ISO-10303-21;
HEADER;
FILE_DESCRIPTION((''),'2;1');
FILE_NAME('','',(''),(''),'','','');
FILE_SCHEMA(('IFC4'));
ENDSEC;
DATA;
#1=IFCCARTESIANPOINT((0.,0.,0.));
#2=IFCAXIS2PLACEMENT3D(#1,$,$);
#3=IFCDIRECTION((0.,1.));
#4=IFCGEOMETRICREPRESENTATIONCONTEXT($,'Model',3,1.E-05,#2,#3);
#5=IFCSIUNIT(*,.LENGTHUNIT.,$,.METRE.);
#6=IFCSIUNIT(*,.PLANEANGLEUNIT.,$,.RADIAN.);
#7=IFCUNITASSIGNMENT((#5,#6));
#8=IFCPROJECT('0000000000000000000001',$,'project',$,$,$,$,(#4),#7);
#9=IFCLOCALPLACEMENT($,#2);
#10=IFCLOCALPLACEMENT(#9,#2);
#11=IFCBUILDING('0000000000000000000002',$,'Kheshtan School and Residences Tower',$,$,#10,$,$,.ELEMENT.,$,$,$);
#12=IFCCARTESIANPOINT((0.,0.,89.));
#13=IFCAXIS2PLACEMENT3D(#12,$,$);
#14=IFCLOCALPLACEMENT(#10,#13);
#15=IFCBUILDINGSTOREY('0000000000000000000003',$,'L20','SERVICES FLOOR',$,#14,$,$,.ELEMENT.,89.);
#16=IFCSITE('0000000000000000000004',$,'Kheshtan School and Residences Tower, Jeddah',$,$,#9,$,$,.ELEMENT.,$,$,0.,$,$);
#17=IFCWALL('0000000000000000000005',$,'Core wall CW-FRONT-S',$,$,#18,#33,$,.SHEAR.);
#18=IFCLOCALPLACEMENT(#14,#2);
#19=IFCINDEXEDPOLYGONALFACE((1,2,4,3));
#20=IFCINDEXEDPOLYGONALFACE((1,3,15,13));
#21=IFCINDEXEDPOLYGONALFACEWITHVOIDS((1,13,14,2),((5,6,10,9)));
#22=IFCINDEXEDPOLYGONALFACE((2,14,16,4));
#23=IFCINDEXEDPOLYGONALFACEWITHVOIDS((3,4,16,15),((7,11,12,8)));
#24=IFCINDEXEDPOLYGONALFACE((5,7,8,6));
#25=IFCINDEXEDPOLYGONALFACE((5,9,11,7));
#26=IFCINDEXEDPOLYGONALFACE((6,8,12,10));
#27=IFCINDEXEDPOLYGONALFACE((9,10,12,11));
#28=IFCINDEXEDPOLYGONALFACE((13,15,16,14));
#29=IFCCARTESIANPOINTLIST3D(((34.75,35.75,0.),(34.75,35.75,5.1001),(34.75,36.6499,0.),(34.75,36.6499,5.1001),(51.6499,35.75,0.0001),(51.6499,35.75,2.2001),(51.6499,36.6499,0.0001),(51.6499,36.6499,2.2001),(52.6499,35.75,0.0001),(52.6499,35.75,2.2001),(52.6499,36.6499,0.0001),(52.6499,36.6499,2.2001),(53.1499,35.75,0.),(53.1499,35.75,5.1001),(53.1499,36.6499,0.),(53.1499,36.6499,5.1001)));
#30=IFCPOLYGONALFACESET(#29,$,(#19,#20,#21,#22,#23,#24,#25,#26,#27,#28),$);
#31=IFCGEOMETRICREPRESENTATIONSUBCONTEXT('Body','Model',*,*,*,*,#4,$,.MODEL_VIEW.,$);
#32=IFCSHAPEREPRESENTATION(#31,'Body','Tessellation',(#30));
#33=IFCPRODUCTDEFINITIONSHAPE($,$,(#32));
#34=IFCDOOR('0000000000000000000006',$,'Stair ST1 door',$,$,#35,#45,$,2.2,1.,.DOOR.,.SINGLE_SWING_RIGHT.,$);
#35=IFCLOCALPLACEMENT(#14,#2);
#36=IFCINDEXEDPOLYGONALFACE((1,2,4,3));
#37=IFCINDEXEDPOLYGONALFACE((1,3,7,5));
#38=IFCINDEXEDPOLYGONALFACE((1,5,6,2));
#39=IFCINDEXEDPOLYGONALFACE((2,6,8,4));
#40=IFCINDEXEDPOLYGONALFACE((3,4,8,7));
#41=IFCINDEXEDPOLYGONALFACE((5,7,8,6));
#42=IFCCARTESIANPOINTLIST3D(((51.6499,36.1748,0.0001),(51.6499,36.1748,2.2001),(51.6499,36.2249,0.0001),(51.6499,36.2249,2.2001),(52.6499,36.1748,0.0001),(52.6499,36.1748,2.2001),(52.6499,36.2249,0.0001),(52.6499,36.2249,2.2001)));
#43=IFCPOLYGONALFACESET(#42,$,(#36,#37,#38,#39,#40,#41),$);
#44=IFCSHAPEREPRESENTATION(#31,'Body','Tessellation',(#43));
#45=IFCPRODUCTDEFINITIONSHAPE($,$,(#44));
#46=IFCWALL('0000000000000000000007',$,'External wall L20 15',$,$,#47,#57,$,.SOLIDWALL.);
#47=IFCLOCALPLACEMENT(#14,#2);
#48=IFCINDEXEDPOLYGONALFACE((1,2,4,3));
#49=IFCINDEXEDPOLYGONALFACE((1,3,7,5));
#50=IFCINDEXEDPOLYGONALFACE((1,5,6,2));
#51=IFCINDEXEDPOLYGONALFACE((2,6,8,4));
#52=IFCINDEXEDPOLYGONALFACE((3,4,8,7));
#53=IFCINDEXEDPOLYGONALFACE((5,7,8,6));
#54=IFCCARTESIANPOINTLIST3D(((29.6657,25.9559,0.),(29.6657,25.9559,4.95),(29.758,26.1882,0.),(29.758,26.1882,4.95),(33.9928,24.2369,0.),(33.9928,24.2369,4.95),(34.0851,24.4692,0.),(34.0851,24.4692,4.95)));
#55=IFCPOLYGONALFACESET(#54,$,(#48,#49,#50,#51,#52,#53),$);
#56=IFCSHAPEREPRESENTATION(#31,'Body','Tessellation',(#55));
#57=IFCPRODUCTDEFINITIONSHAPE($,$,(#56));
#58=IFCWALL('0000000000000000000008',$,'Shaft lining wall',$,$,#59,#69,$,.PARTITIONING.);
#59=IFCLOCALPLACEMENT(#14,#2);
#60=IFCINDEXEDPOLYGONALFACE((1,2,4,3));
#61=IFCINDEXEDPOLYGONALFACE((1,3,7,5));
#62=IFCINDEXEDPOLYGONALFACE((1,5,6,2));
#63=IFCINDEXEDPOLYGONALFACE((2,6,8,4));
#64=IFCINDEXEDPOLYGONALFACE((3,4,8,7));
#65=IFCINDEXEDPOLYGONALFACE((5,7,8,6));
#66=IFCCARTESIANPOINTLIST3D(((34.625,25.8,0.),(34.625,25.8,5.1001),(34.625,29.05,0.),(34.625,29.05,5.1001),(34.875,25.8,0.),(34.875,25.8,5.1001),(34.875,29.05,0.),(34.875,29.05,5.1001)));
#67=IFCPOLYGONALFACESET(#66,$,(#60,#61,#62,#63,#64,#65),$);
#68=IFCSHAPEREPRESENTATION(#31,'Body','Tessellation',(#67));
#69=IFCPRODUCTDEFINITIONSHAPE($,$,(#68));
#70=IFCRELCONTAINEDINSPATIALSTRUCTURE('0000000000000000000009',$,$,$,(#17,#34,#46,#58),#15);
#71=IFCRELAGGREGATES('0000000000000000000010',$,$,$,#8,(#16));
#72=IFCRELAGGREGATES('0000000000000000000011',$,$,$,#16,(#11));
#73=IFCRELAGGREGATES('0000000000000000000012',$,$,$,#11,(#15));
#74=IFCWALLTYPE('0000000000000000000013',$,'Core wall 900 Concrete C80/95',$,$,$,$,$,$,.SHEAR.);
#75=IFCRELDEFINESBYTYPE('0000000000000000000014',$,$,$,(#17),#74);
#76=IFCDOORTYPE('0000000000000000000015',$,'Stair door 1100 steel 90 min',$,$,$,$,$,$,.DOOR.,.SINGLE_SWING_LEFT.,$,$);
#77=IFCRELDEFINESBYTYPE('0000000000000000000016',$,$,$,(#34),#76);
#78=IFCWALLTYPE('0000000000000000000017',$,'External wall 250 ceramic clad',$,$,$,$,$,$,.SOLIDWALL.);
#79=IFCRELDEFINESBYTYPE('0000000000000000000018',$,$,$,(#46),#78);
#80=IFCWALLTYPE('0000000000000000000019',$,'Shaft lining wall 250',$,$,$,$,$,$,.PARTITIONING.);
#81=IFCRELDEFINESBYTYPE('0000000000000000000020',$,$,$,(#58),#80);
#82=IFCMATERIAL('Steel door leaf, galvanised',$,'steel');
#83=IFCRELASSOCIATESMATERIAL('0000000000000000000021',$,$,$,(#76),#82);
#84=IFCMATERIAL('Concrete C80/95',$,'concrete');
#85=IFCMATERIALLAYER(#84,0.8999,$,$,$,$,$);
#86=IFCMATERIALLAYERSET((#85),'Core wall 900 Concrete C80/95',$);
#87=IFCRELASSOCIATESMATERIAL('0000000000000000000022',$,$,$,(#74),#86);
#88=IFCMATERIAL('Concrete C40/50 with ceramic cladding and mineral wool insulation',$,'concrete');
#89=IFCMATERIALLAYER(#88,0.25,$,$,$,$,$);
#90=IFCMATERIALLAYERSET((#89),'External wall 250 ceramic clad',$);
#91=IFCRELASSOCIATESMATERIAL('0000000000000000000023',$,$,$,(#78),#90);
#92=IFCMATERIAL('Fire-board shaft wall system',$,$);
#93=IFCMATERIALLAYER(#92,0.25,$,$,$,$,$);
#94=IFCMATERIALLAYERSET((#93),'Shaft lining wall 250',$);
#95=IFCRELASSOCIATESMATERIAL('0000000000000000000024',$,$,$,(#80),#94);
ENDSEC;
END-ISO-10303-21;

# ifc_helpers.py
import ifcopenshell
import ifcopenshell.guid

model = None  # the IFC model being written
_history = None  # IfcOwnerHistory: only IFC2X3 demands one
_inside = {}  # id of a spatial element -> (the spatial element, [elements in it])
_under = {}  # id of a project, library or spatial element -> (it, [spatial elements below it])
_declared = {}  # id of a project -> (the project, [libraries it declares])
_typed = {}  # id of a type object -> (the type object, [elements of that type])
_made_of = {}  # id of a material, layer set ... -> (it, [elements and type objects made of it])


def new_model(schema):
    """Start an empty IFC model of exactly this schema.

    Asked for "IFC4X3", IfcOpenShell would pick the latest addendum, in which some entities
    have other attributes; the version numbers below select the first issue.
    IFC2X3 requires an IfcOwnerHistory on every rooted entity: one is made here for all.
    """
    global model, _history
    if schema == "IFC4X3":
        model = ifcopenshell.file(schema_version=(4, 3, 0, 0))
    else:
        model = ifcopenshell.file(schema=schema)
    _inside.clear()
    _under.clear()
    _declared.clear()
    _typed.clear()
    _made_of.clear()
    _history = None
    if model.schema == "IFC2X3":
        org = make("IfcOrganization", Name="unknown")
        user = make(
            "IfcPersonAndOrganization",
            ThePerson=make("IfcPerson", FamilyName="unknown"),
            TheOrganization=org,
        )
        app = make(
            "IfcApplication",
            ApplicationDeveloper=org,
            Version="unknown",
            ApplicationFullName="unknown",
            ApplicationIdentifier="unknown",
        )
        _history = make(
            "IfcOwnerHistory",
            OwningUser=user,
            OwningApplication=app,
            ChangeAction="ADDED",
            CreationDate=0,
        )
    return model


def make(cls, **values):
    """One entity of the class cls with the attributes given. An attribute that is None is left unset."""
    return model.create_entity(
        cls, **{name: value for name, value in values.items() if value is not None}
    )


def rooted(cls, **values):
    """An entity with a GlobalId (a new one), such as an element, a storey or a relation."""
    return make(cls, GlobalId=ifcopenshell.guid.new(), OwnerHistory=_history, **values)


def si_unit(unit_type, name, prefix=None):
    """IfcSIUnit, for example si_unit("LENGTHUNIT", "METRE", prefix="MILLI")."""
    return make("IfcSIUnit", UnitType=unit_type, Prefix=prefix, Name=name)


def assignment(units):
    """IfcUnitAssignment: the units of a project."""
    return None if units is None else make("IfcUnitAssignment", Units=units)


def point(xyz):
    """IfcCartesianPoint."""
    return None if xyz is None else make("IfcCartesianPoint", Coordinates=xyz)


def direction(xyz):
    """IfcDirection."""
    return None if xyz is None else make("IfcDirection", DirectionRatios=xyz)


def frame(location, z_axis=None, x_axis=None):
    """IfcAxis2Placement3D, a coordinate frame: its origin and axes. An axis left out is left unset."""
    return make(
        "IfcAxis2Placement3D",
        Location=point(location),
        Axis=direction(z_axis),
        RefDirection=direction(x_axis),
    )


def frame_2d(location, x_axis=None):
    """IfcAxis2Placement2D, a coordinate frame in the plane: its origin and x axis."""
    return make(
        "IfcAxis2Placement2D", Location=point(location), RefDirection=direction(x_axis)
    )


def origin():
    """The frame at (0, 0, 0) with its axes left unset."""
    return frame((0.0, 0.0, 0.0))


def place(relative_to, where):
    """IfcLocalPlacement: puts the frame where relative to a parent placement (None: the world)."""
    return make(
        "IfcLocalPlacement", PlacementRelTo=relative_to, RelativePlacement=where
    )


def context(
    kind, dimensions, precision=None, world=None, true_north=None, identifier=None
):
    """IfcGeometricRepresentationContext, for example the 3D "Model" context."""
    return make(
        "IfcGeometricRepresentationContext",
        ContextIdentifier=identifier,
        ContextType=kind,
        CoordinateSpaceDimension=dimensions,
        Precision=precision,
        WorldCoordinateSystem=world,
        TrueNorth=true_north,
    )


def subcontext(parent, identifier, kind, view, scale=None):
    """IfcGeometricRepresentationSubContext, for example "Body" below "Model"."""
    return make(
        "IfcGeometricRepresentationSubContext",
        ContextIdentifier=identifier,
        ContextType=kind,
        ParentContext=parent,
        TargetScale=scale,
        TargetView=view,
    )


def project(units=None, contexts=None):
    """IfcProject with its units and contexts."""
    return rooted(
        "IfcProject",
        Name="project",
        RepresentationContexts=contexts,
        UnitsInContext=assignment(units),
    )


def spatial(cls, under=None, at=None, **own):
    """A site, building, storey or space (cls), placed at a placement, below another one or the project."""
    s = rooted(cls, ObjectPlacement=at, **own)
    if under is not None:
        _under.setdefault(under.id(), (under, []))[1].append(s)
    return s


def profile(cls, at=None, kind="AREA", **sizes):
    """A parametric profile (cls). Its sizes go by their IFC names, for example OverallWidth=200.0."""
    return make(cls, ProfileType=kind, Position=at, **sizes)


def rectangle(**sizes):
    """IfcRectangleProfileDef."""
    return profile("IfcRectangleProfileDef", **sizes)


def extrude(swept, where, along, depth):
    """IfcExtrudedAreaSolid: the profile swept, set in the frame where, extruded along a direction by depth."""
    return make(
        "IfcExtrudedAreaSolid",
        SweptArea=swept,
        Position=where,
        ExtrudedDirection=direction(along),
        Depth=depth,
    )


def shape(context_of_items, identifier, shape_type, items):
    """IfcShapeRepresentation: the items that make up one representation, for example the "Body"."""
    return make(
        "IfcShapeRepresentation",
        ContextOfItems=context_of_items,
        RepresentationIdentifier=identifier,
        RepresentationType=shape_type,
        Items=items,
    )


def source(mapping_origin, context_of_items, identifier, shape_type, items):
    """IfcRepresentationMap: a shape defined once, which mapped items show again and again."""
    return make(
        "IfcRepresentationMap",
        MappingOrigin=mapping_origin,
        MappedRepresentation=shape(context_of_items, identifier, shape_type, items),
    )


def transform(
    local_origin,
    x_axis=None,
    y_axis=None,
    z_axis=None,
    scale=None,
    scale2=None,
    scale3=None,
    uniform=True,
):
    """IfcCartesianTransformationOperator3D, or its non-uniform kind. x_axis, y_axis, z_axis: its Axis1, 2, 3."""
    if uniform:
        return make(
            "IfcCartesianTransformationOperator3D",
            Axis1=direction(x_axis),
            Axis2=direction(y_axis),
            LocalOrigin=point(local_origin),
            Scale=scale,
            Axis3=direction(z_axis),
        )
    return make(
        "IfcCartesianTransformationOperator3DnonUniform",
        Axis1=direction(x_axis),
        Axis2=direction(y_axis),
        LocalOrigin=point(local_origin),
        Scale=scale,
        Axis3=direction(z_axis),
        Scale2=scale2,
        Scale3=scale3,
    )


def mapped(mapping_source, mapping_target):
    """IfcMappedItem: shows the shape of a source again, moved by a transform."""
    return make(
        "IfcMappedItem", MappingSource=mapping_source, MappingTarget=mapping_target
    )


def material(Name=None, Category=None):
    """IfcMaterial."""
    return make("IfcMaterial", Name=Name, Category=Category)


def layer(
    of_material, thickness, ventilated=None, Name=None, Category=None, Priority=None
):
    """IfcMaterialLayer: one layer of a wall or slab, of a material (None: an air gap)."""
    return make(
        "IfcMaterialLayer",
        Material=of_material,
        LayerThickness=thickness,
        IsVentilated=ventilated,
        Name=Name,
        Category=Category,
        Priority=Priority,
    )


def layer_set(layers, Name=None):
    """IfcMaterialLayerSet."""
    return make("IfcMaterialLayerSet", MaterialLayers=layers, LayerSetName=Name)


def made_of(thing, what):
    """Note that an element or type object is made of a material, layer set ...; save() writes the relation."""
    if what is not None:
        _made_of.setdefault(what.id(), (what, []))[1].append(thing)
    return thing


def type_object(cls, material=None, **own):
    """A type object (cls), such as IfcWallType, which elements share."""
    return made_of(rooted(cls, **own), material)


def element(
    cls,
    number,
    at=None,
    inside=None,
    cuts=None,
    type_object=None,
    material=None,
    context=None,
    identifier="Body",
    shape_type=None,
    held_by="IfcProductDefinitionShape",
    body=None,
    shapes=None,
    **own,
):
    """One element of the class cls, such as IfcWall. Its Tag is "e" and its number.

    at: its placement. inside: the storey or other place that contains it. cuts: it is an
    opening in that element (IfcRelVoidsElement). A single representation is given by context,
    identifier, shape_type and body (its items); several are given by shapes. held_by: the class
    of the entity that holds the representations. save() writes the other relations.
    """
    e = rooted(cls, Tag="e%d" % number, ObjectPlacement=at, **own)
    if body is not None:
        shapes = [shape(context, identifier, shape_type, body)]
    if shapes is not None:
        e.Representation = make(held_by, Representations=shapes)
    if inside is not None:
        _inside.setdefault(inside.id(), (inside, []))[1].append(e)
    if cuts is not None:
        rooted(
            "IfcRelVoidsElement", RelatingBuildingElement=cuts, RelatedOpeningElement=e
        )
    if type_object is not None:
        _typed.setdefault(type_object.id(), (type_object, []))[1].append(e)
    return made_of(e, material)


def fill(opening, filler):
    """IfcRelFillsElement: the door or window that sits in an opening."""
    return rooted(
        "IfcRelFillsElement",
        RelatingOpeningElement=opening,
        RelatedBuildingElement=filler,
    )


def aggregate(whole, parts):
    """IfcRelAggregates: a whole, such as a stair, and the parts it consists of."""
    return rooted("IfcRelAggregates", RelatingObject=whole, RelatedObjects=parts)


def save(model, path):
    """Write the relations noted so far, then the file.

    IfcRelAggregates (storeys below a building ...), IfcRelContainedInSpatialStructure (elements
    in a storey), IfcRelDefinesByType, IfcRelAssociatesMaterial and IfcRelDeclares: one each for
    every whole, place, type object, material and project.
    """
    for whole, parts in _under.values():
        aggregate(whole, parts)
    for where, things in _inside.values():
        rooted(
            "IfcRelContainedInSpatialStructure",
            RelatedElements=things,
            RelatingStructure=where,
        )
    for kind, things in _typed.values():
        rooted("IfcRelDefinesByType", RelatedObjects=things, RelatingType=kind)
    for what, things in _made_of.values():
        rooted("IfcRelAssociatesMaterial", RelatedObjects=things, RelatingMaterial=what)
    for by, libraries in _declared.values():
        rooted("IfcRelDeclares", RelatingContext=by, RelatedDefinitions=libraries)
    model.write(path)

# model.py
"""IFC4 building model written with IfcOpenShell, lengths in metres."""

from ifc_helpers import new_model, si_unit, direction, frame, frame_2d, origin, place, context, subcontext, project, spatial, rectangle, extrude, source, transform, mapped, material, layer, layer_set, type_object, element, fill, save


model = new_model("IFC4")

# Units and contexts
model_context = context("Model", 3, precision=1e-05, world=origin(), true_north=direction((0.0, 1.0)))
body_context = subcontext(model_context, "Body", "Model", "MODEL_VIEW")
ifc_project = project(units=[si_unit("LENGTHUNIT", "METRE"), si_unit("PLANEANGLEUNIT", "RADIAN")], contexts=[model_context])

# Site, building, storey
site_placement = place(None, origin())
site = spatial("IfcSite", under=ifc_project, at=site_placement, Name="Kheshtan School and Residences Tower, Jeddah", CompositionType="ELEMENT", RefElevation=0.0)
building_placement = place(site_placement, origin())
building = spatial("IfcBuilding", under=site, at=building_placement, Name="Kheshtan School and Residences Tower", CompositionType="ELEMENT")
storey_placement = place(building_placement, frame((0.0, 0.0, 89.0)))
storey = spatial("IfcBuildingStorey", under=building, at=storey_placement, Name="L20", Description="SERVICES FLOOR", CompositionType="ELEMENT", Elevation=89.0)

# Shared definitions
ifc_material_1 = material(Name="Steel door leaf, galvanised", Category="steel")
door_type_1 = type_object("IfcDoorType", Name="Stair door 1100 steel 90 min", OperationType="SINGLE_SWING_LEFT", PredefinedType="DOOR", material=ifc_material_1)

# Shared definitions
ifc_material_2 = material(Name="Concrete C80/95", Category="concrete")
ifc_layer_1 = layer(ifc_material_2, 0.8999)
ifc_layer_set_1 = layer_set([ifc_layer_1], Name="Core wall 900 Concrete C80/95")
wall_type_1 = type_object("IfcWallType", Name="Core wall 900 Concrete C80/95", PredefinedType="SHEAR", material=ifc_layer_set_1)

# Wall, opening, door
wall_1_placement = place(storey_placement, frame((34.75, 36.2, 0.0), z_axis=(0.0, 0.0, 1.0), x_axis=(1.0, 0.0, 0.0)))
wall_1 = element("IfcWall", 1, at=wall_1_placement, inside=storey, type_object=wall_type_1, Name="Core wall CW-FRONT-S", PredefinedType="SHEAR", context=body_context, shape_type="SweptSolid", body=[
    extrude(rectangle(XDim=18.3999, YDim=0.8999, at=frame_2d((9.2, 0.0))), origin(), (0.0, 0.0, 1.0), 5.1001),
])
opening_1_placement = place(wall_1_placement, frame((16.8999, 0.0, 0.0)))
opening_1 = element("IfcOpeningElement", 2, at=opening_1_placement, cuts=wall_1, PredefinedType="OPENING", context=body_context, shape_type="SweptSolid", body=[
    extrude(rectangle(XDim=1.0, YDim=2.2, at=frame_2d((0.5, 1.1001))), frame((0.0, 0.46, 0.0), z_axis=(0.0, -1.0, 0.0), x_axis=(1.0, 0.0, 0.0)), (0.0, 0.0, 1.0), 0.9199),
])
shared_shape_1 = source(origin(), body_context, "Body", "SweptSolid", [
    extrude(rectangle(XDim=1.0, YDim=2.2, at=frame_2d((0.5, 1.1001))), frame((0.0, 0.0249, 0.0), z_axis=(0.0, -1.0, 0.0), x_axis=(1.0, 0.0, 0.0)), (0.0, 0.0, 1.0), 0.05),
])
door_1_placement = place(opening_1_placement, origin())
door_1 = element("IfcDoor", 3, at=door_1_placement, inside=storey, type_object=door_type_1, Name="Stair ST1 door", OperationType="SINGLE_SWING_RIGHT", OverallHeight=2.2, OverallWidth=1.0, PredefinedType="DOOR", context=body_context, shape_type="MappedRepresentation", body=[
    mapped(shared_shape_1, transform((0.0, 0.0, 0.0), x_axis=(1.0, 0.0, 0.0), y_axis=(0.0, 1.0, 0.0), z_axis=(0.0, 0.0, 1.0), scale=1.0)),
])
fill(opening_1, door_1)

# Walls
ifc_material_3 = material(Name="Concrete C40/50 with ceramic cladding and mineral wool insulation", Category="concrete")
ifc_layer_2 = layer(ifc_material_3, 0.25)
ifc_layer_set_2 = layer_set([ifc_layer_2], Name="External wall 250 ceramic clad")
wall_type_2 = type_object("IfcWallType", Name="External wall 250 ceramic clad", PredefinedType="SOLIDWALL", material=ifc_layer_set_2)
wall_2_placement = place(storey_placement, frame((34.0391, 24.353, 0.0), z_axis=(0.0, 0.0, 1.0), x_axis=(-0.929353, 0.369193, 0.0)))
element("IfcWall", 4, at=wall_2_placement, inside=storey, type_object=wall_type_2, Name="External wall L20 15", PredefinedType="SOLIDWALL", context=body_context, shape_type="SweptSolid", body=[
    extrude(rectangle(XDim=4.656, YDim=0.25, at=frame_2d((2.3281, 0.0))), origin(), (0.0, 0.0, 1.0), 4.95),
])
ifc_material_4 = material(Name="Fire-board shaft wall system")
ifc_layer_3 = layer(ifc_material_4, 0.25)
ifc_layer_set_3 = layer_set([ifc_layer_3], Name="Shaft lining wall 250")
wall_type_3 = type_object("IfcWallType", Name="Shaft lining wall 250", PredefinedType="PARTITIONING", material=ifc_layer_set_3)
wall_3_placement = place(storey_placement, frame((34.75, 25.8, 0.0), z_axis=(0.0, 0.0, 1.0), x_axis=(0.0, 1.0, 0.0)))
element("IfcWall", 5, at=wall_3_placement, inside=storey, type_object=wall_type_3, Name="Shaft lining wall", PredefinedType="PARTITIONING", context=body_context, shape_type="SweptSolid", body=[
    extrude(rectangle(XDim=3.25, YDim=0.25, at=frame_2d((1.625, 0.0))), origin(), (0.0, 0.0, 1.0), 5.1001),
])

save(model, "model.ifc")
